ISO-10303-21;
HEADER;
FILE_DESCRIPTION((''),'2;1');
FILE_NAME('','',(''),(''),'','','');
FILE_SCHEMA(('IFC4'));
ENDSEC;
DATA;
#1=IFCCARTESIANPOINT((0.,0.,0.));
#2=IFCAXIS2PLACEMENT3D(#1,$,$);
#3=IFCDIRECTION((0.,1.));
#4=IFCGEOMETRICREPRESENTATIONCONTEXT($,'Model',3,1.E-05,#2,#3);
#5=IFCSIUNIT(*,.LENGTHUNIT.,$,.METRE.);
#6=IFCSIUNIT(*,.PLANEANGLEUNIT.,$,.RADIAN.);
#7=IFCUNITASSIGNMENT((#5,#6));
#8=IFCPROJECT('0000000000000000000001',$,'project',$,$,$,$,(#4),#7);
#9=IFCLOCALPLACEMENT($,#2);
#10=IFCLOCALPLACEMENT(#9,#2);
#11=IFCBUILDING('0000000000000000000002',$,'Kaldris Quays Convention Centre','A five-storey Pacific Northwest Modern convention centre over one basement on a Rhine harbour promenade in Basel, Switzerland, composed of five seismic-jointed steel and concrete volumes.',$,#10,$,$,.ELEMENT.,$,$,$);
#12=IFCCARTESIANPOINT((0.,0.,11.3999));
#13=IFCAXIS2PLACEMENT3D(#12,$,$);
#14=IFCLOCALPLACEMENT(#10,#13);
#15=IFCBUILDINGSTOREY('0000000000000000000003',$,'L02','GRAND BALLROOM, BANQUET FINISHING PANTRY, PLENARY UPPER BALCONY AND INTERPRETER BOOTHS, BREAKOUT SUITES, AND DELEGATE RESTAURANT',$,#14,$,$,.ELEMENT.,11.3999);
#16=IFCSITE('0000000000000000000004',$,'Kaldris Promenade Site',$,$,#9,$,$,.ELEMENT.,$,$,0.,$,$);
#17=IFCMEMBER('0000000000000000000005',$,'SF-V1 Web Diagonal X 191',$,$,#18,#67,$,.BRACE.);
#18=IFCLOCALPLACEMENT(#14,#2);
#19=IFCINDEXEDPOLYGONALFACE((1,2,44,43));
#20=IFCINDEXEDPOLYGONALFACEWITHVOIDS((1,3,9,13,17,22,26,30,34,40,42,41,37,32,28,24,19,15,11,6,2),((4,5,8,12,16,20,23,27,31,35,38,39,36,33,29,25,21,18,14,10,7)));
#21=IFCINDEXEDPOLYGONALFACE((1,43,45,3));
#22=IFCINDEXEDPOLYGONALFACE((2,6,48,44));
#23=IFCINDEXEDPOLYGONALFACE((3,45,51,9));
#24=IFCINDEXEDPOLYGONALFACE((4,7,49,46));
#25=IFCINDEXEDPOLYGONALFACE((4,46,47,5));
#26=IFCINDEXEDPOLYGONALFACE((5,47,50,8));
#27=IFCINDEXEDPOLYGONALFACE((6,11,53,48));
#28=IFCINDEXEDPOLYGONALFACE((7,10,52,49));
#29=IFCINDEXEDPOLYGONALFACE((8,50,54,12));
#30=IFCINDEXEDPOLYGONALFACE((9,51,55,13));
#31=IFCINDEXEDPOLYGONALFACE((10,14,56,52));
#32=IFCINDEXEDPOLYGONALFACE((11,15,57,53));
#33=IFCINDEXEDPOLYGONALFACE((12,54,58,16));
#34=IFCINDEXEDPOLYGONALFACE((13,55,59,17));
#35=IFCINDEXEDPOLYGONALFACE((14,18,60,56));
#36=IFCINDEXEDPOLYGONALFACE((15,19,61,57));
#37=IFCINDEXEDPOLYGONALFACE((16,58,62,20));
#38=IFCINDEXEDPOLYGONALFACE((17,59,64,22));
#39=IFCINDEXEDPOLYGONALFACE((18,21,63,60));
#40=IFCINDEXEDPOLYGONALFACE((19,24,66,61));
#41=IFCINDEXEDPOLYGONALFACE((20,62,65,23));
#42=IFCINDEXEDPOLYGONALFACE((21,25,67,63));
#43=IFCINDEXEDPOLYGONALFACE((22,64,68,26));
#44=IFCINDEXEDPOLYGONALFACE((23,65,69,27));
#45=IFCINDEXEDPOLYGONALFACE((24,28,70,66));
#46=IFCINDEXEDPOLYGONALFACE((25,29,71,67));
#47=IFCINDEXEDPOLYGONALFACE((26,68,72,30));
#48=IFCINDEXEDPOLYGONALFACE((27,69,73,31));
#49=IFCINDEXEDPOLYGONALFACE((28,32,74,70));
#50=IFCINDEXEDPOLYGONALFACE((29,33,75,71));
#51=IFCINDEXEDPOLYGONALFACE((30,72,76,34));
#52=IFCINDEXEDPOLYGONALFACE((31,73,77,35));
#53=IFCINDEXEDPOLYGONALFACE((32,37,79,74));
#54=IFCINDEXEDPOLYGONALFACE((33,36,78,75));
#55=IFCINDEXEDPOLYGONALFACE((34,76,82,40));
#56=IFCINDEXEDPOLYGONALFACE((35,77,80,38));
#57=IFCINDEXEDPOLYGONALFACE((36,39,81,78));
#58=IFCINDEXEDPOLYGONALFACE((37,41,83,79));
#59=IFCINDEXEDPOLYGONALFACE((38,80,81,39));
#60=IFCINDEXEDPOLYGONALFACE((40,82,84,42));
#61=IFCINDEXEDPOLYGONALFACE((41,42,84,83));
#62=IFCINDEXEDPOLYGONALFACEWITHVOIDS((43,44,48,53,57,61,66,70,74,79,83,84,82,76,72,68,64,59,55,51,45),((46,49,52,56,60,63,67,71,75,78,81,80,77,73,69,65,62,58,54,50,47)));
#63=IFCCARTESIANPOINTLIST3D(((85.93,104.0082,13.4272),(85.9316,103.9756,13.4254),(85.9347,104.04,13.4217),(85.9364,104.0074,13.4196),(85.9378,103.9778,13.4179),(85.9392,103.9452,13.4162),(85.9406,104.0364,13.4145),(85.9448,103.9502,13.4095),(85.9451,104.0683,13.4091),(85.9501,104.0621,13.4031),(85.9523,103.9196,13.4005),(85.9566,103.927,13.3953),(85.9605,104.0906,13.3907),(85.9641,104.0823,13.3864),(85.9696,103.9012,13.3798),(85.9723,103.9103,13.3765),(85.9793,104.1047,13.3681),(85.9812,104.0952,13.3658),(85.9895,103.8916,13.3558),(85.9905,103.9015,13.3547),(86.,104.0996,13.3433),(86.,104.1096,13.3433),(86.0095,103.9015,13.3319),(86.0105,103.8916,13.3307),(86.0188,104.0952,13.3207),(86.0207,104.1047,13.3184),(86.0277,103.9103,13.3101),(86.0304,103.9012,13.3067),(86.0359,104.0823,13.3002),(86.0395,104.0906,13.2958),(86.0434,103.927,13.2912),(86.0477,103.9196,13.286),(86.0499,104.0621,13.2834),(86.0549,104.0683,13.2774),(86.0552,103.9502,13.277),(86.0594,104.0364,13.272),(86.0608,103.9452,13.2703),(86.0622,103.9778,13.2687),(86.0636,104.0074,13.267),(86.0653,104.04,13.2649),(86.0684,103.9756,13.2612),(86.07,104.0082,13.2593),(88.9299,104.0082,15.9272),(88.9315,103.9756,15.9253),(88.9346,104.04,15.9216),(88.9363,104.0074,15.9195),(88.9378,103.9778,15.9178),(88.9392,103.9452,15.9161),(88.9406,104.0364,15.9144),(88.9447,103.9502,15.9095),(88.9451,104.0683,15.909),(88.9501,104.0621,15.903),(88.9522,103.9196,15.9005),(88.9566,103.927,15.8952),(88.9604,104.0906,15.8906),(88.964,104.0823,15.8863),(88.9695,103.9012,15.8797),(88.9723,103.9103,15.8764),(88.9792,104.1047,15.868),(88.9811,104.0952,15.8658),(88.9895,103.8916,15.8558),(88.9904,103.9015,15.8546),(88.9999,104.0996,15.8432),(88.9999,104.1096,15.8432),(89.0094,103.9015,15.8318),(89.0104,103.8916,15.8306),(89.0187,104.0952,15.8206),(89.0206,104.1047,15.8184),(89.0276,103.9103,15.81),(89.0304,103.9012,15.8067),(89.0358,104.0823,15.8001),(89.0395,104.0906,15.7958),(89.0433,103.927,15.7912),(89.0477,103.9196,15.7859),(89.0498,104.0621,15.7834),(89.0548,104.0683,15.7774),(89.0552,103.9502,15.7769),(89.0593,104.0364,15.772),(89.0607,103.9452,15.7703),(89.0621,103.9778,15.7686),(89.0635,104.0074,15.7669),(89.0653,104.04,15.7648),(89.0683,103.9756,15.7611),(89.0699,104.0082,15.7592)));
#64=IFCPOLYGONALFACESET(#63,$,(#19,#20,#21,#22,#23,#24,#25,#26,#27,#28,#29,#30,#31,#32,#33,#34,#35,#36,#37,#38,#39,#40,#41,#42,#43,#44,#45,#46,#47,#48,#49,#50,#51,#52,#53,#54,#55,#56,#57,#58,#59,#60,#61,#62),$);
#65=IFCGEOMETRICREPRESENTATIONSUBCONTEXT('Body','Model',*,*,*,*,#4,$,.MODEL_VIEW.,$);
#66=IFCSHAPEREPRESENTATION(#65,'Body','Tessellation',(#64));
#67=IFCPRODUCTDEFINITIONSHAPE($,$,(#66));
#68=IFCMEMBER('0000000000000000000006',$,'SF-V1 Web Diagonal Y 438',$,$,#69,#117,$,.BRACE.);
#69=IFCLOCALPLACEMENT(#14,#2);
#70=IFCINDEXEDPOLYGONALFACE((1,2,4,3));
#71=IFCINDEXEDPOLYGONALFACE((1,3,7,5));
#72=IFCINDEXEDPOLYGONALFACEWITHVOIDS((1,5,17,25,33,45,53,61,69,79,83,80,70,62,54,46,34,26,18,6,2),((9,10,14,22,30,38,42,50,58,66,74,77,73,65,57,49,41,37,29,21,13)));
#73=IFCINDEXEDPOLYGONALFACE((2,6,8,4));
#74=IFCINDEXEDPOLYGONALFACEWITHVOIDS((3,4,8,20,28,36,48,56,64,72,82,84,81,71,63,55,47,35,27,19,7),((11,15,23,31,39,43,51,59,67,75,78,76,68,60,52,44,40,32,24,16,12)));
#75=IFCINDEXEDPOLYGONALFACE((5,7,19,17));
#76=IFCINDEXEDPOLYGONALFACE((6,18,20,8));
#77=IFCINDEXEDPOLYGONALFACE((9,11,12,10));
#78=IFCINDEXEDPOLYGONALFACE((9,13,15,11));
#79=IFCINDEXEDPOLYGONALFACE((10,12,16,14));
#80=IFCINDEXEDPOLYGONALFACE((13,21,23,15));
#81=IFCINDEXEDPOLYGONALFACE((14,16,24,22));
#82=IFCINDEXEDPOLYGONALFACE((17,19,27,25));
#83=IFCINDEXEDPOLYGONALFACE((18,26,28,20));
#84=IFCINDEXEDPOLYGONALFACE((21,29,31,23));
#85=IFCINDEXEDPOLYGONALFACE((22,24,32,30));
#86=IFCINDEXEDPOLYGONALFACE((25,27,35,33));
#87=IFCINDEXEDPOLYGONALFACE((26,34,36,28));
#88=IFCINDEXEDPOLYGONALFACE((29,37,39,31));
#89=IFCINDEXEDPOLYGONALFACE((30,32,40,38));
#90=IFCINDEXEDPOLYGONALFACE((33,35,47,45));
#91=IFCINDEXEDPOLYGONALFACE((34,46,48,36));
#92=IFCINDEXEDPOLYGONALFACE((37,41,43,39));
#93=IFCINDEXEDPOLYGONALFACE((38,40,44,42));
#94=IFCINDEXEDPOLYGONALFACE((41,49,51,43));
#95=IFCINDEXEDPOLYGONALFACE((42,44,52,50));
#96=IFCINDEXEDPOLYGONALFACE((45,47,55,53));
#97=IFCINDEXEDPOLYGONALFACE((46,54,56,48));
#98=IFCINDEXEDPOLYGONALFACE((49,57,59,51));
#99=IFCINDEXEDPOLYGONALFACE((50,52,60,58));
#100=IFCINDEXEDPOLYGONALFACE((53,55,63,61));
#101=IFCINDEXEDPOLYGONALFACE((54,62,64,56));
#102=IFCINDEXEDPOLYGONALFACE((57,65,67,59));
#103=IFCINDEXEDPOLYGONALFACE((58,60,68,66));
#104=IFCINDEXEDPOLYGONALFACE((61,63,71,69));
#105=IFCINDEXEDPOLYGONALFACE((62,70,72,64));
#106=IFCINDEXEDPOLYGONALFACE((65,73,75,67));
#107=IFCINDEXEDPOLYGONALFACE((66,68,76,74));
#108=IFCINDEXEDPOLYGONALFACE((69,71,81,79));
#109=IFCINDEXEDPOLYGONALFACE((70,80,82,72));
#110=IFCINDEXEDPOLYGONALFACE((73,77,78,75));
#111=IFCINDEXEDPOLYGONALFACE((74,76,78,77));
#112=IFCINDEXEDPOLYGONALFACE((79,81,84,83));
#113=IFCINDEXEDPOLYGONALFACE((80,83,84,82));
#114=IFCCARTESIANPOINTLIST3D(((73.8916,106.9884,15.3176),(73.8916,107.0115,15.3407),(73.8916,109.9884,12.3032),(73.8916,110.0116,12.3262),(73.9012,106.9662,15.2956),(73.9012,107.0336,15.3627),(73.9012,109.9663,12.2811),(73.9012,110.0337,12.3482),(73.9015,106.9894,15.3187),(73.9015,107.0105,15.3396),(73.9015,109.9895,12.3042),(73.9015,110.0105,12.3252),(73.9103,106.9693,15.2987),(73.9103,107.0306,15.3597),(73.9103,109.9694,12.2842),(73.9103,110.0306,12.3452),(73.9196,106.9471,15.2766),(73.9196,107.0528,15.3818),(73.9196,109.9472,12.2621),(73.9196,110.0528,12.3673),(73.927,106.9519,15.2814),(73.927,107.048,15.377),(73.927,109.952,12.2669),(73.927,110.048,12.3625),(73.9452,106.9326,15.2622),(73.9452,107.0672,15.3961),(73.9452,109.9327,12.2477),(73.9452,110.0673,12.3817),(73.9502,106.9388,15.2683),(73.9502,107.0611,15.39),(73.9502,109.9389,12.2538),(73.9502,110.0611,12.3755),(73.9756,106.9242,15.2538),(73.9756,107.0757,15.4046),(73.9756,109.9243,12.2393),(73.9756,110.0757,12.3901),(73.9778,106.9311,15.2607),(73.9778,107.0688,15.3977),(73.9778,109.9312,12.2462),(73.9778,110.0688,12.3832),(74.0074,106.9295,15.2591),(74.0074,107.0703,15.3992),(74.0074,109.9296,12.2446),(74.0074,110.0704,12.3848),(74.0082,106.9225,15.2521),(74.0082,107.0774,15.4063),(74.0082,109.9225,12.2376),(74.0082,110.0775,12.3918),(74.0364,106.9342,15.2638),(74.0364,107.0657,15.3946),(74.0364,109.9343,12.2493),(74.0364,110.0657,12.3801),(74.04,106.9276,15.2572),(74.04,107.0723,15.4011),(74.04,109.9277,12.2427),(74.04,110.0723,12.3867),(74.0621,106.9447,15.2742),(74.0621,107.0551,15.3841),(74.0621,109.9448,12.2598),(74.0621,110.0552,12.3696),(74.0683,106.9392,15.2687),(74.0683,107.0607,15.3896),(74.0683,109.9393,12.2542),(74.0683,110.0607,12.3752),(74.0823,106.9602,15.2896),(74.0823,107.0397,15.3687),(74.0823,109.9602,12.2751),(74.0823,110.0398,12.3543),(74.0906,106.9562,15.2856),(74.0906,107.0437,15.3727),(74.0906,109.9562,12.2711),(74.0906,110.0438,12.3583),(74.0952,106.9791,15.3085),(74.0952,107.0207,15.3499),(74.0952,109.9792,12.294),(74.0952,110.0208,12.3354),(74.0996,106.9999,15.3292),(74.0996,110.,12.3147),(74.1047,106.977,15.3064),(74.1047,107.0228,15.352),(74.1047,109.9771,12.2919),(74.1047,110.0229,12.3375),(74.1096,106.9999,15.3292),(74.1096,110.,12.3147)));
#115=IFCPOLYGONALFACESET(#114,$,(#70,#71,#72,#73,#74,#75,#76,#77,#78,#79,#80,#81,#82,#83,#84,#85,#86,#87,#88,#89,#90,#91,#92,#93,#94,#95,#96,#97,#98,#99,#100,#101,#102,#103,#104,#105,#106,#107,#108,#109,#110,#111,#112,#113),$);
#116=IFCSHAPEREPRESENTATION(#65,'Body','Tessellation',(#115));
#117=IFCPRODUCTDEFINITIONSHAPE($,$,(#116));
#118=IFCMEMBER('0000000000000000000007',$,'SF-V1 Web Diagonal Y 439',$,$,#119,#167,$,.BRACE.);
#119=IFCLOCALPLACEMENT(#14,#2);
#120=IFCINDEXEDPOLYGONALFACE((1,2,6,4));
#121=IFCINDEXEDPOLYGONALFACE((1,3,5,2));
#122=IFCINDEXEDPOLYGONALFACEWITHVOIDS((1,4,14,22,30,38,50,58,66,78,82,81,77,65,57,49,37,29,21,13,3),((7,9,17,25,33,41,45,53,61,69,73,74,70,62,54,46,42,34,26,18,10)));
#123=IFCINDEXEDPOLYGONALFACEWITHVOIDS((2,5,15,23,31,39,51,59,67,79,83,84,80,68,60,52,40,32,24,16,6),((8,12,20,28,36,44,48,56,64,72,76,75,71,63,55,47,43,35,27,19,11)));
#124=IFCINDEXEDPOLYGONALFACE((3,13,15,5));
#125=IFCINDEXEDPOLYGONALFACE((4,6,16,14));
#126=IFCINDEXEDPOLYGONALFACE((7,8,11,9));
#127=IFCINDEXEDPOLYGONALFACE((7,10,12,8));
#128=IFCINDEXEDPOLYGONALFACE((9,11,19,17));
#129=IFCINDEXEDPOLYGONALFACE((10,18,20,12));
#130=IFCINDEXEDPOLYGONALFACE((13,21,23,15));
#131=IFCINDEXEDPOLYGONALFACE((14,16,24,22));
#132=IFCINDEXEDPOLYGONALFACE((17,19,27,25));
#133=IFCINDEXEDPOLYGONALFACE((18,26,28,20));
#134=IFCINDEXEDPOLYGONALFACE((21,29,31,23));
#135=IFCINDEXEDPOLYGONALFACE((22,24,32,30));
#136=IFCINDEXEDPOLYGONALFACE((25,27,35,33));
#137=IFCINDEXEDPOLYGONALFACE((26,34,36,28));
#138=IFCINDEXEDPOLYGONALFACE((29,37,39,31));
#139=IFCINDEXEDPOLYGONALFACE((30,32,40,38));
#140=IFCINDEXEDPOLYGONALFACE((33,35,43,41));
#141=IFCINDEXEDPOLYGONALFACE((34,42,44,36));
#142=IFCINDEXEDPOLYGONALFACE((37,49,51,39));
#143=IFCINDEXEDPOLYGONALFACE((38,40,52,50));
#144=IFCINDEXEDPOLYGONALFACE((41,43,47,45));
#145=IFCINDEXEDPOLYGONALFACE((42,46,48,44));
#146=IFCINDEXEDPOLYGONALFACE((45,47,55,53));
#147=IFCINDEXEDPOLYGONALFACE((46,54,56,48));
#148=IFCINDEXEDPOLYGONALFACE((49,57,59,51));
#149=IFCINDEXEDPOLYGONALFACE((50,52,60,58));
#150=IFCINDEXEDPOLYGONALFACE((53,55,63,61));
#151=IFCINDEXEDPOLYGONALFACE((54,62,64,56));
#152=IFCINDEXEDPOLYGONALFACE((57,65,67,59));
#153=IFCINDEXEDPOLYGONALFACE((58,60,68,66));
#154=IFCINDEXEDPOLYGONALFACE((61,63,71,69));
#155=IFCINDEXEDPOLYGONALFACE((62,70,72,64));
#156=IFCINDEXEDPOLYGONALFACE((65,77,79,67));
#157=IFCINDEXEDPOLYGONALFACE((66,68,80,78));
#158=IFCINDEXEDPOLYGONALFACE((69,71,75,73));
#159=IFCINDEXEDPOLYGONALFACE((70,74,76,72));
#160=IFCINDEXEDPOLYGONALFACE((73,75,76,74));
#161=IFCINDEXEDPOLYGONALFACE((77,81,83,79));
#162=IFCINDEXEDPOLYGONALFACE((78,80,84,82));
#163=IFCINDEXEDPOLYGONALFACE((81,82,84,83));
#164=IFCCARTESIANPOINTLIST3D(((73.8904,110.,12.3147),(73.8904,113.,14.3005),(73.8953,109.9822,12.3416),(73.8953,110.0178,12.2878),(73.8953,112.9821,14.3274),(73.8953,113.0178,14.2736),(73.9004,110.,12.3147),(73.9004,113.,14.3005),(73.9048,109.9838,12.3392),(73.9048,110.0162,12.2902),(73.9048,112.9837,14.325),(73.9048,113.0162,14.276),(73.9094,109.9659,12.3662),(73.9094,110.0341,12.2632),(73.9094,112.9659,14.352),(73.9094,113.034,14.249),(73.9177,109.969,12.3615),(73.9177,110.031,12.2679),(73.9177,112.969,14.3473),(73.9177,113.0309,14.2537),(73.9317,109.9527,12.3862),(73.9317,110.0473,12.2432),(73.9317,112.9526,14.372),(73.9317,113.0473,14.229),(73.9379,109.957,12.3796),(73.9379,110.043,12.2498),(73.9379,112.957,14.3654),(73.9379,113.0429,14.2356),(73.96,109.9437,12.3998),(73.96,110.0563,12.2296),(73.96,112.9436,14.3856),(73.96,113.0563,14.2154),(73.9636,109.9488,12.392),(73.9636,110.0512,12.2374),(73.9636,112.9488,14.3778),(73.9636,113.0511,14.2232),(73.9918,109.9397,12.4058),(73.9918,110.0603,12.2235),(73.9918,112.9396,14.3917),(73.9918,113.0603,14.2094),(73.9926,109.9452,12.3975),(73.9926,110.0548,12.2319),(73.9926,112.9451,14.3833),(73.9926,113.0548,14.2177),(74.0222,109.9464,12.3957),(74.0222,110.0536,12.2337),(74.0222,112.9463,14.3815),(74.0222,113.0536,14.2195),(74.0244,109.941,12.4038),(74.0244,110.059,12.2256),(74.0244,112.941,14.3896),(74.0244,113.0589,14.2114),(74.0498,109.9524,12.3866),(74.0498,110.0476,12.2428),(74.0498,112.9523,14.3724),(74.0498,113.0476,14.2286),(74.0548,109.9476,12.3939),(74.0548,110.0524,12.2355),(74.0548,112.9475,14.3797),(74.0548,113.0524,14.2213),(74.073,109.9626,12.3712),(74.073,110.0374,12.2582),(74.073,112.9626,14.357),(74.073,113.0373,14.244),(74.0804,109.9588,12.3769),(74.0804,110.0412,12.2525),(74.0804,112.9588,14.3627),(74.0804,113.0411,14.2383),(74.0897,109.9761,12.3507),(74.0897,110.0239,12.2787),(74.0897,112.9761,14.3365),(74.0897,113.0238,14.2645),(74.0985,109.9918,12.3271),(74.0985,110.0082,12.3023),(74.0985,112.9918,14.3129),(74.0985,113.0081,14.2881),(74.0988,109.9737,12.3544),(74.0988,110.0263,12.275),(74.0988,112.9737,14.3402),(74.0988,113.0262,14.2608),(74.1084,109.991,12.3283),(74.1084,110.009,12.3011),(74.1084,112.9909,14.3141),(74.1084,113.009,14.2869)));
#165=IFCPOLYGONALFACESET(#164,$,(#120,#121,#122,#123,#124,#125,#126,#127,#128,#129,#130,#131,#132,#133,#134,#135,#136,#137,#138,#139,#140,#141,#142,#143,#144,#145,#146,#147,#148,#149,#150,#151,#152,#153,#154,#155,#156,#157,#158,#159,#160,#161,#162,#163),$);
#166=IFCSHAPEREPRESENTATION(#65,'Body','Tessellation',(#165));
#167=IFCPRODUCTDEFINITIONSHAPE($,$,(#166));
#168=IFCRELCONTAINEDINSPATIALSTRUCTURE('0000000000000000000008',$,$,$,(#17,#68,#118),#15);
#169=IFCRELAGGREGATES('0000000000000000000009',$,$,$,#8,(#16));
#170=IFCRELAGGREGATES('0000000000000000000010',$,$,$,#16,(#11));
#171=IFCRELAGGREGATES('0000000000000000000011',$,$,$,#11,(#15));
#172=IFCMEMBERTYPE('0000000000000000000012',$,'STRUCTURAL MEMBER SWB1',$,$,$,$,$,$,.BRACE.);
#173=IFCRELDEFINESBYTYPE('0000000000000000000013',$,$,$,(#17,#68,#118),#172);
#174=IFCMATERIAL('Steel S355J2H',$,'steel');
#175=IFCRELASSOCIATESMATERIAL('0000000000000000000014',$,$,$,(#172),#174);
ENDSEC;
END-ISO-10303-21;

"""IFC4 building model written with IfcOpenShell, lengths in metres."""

from ifc_helpers import new_model, si_unit, direction, frame, origin, origin_2d, place, context, subcontext, project, spatial, hollow_circle, extrude, material, material_profile, profile_set, type_object, element, save


model = new_model("IFC4")

# Units and contexts
model_context = context("Model", 3, precision=1e-05, world=origin(), true_north=direction((0.0, 1.0)))
body_context = subcontext(model_context, "Body", "Model", "MODEL_VIEW")
ifc_project = project(units=[si_unit("LENGTHUNIT", "METRE"), si_unit("PLANEANGLEUNIT", "RADIAN")], contexts=[model_context])

# Site, building, storey
site_placement = place(None, origin())
site = spatial("IfcSite", under=ifc_project, at=site_placement, Name="Kaldris Promenade Site", CompositionType="ELEMENT", RefElevation=0.0)
building_placement = place(site_placement, origin())
building = spatial("IfcBuilding", under=site, at=building_placement, Name="Kaldris Quays Convention Centre", Description="A five-storey Pacific Northwest Modern convention centre over one basement on a Rhine harbour promenade in Basel, Switzerland, composed of five seismic-jointed steel and concrete volumes.", CompositionType="ELEMENT")
storey_placement = place(building_placement, frame((0.0, 0.0, 11.3999)))
storey = spatial("IfcBuildingStorey", under=building, at=storey_placement, Name="L02", Description="GRAND BALLROOM, BANQUET FINISHING PANTRY, PLENARY UPPER BALCONY AND INTERPRETER BOOTHS, BREAKOUT SUITES, AND DELEGATE RESTAURANT", CompositionType="ELEMENT", Elevation=11.3999)

# Members
ifc_material_1 = material(Name="Steel S355J2H", Category="steel")
ifc_material_profile_1 = material_profile(ifc_material_1, hollow_circle(Radius=0.1096, WallThickness=0.01, at=origin_2d()), Name="CHS 219.1x10")
ifc_profile_set_1 = profile_set([ifc_material_profile_1], Name="Steel S355J2H")
member_type_1 = type_object("IfcMemberType", Name="STRUCTURAL MEMBER SWB1", PredefinedType="BRACE", material=ifc_profile_set_1)
for number, where, z_axis, x_axis, name in (
    (1, (86.0, 104.0, 13.3433), (0.768221, 0.0, 0.640184), (0.0, 1.0, 0.0), "SF-V1 Web Diagonal X 191"),
):
    element("IfcMember", number, at=place(storey_placement, frame(where, z_axis=z_axis, x_axis=x_axis)), inside=storey, type_object=member_type_1, Name=name, PredefinedType="BRACE", context=body_context, shape_type="SweptSolid", body=[
        extrude(hollow_circle(Radius=0.1096, WallThickness=0.01, at=origin_2d()), origin(), (0.0, 0.0, 1.0), 3.905),
    ])
member_1_placement = place(storey_placement, frame((74.0, 110.0, 12.3147), z_axis=(0.0, -0.705411, 0.708798), x_axis=(1.0, 0.0, 0.0)))
element("IfcMember", 2, at=member_1_placement, inside=storey, type_object=member_type_1, Name="SF-V1 Web Diagonal Y 438", PredefinedType="BRACE", context=body_context, shape_type="SweptSolid", body=[
    extrude(hollow_circle(Radius=0.1096, WallThickness=0.01, at=origin_2d()), origin(), (0.0, 0.0, 1.0), 4.2529),
])
for number, where, z_axis, x_axis, name in (
    (3, (74.0, 110.0, 12.3147), (0.0, 0.833862, 0.551972), (-1.0, 0.0, 0.0), "SF-V1 Web Diagonal Y 439"),
):
    element("IfcMember", number, at=place(storey_placement, frame(where, z_axis=z_axis, x_axis=x_axis)), inside=storey, type_object=member_type_1, Name=name, PredefinedType="BRACE", context=body_context, shape_type="SweptSolid", body=[
        extrude(hollow_circle(Radius=0.1096, WallThickness=0.01, at=origin_2d()), origin(), (0.0, 0.0, 1.0), 3.5977),
    ])

save(model, "model.ifc")
